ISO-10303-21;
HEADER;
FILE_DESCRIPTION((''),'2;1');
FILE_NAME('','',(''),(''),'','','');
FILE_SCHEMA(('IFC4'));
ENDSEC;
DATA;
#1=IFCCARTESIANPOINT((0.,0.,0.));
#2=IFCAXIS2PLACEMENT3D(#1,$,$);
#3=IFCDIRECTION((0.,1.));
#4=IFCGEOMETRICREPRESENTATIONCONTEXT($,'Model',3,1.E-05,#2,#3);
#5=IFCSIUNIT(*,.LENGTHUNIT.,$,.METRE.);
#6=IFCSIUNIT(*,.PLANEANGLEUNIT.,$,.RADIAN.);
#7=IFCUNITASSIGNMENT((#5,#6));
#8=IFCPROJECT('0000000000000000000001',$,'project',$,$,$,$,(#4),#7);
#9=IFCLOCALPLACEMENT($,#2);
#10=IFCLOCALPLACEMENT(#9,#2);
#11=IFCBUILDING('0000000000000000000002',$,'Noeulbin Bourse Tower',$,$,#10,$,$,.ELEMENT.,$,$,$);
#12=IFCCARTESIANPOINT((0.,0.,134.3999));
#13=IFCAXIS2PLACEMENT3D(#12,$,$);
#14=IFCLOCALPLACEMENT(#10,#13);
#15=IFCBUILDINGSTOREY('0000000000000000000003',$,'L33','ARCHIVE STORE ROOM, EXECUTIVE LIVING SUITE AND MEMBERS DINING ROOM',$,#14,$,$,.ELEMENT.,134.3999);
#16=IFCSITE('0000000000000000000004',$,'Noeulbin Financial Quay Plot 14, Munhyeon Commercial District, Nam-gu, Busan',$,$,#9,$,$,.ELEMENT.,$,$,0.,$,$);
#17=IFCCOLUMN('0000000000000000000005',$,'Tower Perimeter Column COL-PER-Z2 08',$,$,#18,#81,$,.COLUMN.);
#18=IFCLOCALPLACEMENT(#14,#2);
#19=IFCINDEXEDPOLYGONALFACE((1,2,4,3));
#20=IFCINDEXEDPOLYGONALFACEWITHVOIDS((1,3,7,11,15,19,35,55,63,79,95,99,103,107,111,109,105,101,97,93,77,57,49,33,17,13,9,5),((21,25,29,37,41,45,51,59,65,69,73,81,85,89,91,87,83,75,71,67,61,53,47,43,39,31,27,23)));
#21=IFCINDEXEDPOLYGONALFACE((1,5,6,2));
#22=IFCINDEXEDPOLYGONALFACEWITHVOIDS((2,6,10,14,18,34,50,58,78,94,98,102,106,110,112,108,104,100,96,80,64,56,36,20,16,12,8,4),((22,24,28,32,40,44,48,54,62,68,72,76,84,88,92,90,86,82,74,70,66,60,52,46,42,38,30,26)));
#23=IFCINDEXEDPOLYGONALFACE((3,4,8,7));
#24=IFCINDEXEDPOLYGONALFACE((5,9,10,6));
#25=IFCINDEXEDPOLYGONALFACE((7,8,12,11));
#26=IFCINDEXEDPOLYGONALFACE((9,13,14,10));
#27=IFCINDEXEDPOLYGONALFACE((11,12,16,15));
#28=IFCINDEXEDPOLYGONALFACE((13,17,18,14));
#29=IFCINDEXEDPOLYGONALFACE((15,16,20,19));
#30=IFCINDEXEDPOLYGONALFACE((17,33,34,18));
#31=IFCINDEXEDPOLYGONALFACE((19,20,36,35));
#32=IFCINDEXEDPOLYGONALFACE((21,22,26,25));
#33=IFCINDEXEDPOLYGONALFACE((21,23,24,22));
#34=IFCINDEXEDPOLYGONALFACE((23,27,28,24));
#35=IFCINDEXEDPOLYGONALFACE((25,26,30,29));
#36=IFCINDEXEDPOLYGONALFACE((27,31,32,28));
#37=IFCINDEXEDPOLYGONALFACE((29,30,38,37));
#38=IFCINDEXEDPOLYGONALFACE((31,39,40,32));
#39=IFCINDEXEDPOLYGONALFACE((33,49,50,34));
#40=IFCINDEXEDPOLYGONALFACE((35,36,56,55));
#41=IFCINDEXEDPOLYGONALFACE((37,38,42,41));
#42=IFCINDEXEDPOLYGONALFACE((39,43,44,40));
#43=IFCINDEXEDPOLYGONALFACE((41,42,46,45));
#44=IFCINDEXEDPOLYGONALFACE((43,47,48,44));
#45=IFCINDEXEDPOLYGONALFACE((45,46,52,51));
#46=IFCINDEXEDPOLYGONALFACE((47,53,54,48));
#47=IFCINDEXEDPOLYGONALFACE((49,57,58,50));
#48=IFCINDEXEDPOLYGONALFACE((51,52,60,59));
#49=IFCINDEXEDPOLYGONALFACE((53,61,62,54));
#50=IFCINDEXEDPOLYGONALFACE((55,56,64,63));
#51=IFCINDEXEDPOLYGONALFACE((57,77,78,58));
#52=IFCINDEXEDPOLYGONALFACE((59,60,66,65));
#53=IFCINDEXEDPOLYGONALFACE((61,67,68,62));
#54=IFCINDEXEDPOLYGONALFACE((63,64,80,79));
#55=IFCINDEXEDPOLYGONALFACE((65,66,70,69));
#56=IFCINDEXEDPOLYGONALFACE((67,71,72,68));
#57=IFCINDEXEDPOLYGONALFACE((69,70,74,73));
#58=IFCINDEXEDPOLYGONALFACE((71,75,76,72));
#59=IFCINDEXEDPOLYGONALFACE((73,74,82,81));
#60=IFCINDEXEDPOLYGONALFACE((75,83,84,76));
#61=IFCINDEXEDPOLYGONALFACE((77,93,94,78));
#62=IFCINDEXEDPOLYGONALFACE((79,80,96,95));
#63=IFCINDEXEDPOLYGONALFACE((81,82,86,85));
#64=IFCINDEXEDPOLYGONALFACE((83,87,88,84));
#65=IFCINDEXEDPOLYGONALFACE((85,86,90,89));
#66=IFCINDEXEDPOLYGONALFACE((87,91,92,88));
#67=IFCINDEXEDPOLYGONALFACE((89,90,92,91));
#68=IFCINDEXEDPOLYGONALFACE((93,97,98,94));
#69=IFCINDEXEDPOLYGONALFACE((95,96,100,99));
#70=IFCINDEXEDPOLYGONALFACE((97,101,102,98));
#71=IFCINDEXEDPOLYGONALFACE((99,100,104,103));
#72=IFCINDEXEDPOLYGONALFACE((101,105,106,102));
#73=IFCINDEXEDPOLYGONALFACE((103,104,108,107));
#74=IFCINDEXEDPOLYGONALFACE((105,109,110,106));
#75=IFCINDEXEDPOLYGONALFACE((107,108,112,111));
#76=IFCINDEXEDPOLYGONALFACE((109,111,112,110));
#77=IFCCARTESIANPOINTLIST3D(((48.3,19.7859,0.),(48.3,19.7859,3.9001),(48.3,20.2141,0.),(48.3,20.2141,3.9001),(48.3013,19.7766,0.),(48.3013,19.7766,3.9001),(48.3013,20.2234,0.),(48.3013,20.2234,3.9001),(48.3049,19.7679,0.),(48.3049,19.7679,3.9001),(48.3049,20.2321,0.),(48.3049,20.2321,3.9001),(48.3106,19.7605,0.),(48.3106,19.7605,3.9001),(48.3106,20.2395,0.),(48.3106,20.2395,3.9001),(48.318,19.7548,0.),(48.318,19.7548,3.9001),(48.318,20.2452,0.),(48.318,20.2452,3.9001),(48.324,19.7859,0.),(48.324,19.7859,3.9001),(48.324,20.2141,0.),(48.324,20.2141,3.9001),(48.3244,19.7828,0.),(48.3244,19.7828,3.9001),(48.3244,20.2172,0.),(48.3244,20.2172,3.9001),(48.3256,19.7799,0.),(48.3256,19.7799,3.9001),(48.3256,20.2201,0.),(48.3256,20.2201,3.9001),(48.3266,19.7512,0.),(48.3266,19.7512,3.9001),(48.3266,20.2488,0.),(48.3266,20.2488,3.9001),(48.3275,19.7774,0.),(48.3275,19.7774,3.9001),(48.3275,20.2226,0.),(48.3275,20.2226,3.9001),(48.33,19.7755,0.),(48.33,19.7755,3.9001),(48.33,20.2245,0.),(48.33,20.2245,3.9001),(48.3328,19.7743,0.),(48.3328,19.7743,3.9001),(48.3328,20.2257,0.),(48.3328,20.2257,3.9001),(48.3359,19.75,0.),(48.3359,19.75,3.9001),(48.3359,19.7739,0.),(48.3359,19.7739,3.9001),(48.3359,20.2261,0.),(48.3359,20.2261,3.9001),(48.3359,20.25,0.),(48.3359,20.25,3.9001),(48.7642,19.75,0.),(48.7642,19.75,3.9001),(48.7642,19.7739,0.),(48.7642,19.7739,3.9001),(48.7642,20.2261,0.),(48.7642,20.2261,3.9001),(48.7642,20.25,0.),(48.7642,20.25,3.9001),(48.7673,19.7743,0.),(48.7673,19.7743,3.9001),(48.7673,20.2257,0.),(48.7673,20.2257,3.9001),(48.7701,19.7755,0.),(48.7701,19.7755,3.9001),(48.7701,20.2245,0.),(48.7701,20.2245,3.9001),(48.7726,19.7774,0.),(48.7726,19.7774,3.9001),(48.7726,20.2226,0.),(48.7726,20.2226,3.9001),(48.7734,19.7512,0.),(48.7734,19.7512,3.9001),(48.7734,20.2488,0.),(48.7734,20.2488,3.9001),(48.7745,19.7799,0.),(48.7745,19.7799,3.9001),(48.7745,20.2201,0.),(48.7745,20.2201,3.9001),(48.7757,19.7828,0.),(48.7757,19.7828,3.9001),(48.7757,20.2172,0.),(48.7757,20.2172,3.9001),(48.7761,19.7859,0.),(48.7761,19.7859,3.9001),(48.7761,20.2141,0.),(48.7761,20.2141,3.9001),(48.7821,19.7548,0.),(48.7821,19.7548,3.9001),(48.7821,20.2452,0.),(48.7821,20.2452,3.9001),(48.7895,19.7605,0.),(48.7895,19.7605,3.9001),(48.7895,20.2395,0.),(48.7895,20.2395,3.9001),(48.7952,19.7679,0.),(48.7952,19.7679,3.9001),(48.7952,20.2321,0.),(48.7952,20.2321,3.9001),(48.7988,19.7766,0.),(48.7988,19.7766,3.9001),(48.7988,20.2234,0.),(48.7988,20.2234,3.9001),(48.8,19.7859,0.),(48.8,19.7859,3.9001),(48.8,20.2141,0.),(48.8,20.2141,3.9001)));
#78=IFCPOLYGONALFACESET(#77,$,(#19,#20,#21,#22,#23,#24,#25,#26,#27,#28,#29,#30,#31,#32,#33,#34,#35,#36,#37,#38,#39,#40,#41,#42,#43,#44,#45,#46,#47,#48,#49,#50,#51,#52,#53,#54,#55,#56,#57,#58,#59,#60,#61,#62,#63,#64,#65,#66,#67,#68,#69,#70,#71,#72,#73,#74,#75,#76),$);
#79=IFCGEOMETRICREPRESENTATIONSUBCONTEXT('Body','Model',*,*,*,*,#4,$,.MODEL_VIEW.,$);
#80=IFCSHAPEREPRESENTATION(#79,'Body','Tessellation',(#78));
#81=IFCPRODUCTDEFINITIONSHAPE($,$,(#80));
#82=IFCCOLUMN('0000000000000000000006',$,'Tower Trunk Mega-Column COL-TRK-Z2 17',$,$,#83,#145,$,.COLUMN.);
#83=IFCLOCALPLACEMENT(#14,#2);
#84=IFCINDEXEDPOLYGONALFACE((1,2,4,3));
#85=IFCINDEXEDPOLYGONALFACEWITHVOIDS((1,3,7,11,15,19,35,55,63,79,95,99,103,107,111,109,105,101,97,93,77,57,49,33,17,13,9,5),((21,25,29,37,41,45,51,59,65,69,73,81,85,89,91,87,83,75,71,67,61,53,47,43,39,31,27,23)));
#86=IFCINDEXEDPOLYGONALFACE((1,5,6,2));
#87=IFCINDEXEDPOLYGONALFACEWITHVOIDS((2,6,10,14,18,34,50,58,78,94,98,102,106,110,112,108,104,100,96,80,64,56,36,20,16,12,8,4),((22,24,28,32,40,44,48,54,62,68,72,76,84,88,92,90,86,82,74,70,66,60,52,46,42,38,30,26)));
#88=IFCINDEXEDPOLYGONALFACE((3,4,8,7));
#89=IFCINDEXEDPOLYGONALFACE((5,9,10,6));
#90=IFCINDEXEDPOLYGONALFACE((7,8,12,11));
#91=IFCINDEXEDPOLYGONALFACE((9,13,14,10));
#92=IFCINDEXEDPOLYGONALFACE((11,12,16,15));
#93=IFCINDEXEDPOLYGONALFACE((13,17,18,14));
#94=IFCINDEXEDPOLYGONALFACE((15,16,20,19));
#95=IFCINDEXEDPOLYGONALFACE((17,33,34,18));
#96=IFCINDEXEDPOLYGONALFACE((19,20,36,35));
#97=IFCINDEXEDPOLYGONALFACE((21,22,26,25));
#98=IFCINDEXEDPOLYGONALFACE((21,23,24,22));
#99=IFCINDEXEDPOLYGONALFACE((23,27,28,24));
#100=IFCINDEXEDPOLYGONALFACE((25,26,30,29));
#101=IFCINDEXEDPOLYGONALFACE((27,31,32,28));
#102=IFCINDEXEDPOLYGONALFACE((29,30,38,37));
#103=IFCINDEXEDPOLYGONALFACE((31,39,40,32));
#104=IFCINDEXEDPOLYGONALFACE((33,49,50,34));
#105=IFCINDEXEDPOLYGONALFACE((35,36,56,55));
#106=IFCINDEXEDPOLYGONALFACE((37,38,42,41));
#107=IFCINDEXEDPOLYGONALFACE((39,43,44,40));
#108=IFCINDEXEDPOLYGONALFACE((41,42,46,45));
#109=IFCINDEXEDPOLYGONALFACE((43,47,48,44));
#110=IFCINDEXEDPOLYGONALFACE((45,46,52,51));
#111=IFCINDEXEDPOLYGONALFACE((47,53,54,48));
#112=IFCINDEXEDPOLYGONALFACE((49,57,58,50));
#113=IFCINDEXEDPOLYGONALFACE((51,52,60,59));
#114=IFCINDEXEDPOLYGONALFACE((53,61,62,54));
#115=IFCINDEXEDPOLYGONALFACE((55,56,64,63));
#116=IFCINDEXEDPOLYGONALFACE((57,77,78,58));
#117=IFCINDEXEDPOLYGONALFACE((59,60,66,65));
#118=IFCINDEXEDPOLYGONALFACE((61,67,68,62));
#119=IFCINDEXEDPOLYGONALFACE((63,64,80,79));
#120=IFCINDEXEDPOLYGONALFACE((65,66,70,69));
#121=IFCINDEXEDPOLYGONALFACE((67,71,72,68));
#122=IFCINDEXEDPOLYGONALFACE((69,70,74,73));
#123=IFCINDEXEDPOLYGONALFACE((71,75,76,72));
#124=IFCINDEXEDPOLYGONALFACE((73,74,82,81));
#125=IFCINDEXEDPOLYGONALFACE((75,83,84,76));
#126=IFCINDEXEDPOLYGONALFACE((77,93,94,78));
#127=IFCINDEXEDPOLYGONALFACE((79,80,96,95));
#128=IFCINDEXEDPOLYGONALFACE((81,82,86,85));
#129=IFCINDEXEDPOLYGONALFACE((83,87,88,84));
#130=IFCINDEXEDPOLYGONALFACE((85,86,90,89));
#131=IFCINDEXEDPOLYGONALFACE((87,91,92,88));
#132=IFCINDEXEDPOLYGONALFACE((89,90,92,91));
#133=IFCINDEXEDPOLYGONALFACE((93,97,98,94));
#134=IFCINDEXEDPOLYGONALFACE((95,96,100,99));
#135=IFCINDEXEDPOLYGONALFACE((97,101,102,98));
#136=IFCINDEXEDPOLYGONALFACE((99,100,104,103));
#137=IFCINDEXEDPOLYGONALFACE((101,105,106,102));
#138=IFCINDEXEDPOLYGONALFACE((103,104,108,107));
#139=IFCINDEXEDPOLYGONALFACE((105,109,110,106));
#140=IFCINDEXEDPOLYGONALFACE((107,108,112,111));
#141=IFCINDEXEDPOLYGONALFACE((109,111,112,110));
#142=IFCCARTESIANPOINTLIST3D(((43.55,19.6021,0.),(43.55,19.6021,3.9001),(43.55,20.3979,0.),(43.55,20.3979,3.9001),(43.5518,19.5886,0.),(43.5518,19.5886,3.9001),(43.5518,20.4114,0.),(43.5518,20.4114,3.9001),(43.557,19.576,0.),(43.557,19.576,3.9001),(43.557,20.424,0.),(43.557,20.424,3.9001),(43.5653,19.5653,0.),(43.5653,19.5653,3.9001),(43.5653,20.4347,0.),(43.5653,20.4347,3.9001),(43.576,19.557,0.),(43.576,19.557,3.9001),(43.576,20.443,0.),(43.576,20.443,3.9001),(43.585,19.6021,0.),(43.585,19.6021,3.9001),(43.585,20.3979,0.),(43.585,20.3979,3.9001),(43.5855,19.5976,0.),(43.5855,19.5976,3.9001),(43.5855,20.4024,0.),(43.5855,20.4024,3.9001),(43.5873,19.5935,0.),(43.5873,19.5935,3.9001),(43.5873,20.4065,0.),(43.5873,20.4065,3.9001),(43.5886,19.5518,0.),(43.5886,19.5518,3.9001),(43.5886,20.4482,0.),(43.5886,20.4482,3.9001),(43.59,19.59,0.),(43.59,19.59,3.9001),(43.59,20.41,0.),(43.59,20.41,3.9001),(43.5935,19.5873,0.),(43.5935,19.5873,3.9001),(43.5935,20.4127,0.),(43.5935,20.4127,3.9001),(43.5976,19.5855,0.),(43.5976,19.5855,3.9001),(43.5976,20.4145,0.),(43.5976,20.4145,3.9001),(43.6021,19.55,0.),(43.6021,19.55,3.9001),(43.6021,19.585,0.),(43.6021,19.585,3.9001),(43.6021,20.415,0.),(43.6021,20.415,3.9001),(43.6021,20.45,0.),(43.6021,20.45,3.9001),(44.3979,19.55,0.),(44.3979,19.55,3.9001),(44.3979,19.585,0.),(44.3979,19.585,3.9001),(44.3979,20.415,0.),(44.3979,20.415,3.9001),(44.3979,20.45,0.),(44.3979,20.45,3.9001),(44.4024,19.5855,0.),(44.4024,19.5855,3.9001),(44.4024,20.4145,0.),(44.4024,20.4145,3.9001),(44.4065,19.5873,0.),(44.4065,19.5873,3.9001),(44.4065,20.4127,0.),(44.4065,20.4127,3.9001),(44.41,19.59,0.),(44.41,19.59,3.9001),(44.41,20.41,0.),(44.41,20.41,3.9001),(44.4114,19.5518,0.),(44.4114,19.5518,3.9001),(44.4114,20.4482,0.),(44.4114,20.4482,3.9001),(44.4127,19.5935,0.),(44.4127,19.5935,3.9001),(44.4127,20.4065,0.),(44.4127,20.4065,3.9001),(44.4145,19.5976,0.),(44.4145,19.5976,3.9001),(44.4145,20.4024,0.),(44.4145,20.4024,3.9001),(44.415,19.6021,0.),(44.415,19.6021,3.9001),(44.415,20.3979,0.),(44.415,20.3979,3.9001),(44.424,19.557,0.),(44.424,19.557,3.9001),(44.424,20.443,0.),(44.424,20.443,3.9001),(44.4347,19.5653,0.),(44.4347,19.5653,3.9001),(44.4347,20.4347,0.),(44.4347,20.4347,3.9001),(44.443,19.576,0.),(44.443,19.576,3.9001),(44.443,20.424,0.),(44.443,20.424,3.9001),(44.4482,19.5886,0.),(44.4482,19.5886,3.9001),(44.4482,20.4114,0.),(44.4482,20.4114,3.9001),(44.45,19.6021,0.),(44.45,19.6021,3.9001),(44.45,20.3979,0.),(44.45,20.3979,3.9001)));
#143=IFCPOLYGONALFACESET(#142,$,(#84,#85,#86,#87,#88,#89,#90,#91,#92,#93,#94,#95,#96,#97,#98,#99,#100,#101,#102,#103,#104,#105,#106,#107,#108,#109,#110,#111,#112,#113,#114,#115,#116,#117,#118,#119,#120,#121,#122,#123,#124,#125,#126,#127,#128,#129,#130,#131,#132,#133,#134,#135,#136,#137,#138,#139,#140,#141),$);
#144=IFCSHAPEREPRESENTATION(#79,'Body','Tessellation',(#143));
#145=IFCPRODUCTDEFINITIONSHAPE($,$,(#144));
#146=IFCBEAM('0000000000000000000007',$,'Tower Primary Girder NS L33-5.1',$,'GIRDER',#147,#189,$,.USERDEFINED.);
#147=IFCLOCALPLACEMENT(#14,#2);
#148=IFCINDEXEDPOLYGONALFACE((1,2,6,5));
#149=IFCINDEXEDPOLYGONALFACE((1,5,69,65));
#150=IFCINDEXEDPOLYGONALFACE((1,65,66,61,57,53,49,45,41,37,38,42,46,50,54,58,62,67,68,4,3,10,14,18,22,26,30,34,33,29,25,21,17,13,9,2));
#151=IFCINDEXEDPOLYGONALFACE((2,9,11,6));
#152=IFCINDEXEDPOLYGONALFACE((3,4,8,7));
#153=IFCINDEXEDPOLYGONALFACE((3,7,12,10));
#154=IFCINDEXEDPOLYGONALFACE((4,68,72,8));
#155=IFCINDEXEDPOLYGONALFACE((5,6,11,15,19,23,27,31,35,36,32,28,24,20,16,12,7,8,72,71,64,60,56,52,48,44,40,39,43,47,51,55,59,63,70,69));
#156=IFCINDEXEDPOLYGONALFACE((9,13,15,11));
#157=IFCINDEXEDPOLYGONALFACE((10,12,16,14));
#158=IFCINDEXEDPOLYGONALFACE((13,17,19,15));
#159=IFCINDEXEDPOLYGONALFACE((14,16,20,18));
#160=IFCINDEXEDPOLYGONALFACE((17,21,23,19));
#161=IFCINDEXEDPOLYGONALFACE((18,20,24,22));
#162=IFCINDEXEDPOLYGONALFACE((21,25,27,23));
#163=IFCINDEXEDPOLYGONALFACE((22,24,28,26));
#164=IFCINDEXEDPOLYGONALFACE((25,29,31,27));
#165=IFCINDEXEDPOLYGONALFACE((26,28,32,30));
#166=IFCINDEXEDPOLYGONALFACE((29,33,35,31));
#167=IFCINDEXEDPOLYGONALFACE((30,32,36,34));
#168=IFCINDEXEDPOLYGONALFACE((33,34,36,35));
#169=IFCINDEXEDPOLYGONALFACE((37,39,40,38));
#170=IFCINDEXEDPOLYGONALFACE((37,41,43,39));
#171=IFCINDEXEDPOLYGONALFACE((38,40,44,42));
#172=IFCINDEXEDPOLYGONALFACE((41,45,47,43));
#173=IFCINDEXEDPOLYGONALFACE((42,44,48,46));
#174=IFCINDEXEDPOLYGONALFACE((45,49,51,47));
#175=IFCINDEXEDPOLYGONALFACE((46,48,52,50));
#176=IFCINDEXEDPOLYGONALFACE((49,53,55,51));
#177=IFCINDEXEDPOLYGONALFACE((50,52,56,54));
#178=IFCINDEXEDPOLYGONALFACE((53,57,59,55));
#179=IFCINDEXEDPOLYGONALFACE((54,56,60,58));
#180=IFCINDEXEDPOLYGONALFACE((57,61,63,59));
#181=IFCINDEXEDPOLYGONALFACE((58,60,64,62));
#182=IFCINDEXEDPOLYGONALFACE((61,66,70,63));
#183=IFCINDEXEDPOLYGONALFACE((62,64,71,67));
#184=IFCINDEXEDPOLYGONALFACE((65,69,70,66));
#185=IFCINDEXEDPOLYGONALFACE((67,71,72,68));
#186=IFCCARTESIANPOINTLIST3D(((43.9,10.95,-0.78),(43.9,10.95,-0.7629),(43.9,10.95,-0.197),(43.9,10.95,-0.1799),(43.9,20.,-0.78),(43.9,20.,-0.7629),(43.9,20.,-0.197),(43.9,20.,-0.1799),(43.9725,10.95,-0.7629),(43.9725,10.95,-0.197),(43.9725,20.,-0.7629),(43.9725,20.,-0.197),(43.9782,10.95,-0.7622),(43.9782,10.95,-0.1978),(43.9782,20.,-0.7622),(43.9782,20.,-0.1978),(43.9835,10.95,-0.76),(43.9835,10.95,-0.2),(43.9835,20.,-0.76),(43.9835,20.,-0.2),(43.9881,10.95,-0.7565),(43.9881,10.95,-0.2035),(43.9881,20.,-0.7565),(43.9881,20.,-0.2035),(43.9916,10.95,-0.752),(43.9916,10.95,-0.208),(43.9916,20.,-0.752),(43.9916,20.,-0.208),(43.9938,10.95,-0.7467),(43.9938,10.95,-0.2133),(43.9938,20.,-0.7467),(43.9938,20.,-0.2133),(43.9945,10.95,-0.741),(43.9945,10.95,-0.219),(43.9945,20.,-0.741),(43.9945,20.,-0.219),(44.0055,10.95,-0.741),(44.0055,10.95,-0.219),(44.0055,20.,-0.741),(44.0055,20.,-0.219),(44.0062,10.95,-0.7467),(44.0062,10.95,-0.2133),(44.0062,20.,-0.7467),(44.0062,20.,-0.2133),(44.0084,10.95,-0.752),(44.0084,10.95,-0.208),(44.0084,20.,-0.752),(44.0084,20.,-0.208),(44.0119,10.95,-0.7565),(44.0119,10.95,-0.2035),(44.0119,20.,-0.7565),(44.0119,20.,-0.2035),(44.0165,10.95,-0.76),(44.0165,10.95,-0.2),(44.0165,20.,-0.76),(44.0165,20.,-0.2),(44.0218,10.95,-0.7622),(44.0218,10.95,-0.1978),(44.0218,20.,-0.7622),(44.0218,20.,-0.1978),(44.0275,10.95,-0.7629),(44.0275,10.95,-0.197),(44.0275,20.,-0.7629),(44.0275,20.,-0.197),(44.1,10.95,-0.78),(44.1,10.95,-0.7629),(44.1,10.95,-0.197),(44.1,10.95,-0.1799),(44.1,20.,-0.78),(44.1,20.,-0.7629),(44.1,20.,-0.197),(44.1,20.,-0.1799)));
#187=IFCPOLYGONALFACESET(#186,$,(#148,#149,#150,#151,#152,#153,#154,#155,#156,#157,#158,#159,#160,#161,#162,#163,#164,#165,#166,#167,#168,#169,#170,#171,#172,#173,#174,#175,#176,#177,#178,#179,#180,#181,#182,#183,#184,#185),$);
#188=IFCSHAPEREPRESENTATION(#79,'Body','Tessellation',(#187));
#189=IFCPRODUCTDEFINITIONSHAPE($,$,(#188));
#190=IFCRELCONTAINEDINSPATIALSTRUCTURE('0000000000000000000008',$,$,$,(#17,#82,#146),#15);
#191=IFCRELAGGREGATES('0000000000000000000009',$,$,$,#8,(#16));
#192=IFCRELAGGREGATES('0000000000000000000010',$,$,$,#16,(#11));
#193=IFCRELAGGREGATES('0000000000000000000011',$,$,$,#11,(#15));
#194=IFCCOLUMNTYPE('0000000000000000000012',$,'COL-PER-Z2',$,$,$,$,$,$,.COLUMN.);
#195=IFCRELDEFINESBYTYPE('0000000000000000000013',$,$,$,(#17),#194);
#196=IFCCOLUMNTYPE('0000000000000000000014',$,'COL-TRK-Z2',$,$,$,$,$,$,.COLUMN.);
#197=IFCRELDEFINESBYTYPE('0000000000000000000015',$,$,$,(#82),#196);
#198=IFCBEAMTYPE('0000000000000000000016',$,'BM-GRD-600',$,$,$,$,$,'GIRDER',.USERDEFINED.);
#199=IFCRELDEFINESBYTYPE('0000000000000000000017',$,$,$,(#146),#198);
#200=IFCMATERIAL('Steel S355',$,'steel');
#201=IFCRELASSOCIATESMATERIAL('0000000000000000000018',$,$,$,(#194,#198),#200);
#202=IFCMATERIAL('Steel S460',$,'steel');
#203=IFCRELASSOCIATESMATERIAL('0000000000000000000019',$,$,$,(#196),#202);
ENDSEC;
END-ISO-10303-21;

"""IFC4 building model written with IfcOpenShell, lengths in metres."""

from ifc_helpers import new_model, si_unit, direction, frame, origin, origin_2d, place, context, subcontext, project, spatial, hollow_rectangle, i_section, extrude, material, material_profile, profile_set, type_object, element, save


model = new_model("IFC4")

# Units and contexts
model_context = context("Model", 3, precision=1e-05, world=origin(), true_north=direction((0.0, 1.0)))
body_context = subcontext(model_context, "Body", "Model", "MODEL_VIEW")
ifc_project = project(units=[si_unit("LENGTHUNIT", "METRE"), si_unit("PLANEANGLEUNIT", "RADIAN")], contexts=[model_context])

# Site, building, storey
site_placement = place(None, origin())
site = spatial("IfcSite", under=ifc_project, at=site_placement, Name="Noeulbin Financial Quay Plot 14, Munhyeon Commercial District, Nam-gu, Busan", CompositionType="ELEMENT", RefElevation=0.0)
building_placement = place(site_placement, origin())
building = spatial("IfcBuilding", under=site, at=building_placement, Name="Noeulbin Bourse Tower", CompositionType="ELEMENT")
storey_placement = place(building_placement, frame((0.0, 0.0, 134.3999)))
storey = spatial("IfcBuildingStorey", under=building, at=storey_placement, Name="L33", Description="ARCHIVE STORE ROOM, EXECUTIVE LIVING SUITE AND MEMBERS DINING ROOM", CompositionType="ELEMENT", Elevation=134.3999)

# Columns
ifc_material_1 = material(Name="Steel S355", Category="steel")
ifc_material_profile_1 = material_profile(ifc_material_1, hollow_rectangle(XDim=0.5, YDim=0.5, WallThickness=0.0239, InnerFilletRadius=0.012, OuterFilletRadius=0.0359, at=origin_2d()), Name="BOX-500x500x24", Category="LoadBearing")
ifc_profile_set_1 = profile_set([ifc_material_profile_1], Name="Steel S355")
column_type_1 = type_object("IfcColumnType", Name="COL-PER-Z2", PredefinedType="COLUMN", material=ifc_profile_set_1)
column_1_placement = place(storey_placement, frame((48.55, 20.0, 0.0), z_axis=(0.0, 0.0, 1.0), x_axis=(1.0, 0.0, 0.0)))
element("IfcColumn", 1, at=column_1_placement, inside=storey, type_object=column_type_1, Name="Tower Perimeter Column COL-PER-Z2 08", PredefinedType="COLUMN", context=body_context, shape_type="SweptSolid", body=[
    extrude(hollow_rectangle(XDim=0.5, YDim=0.5, WallThickness=0.0239, InnerFilletRadius=0.012, OuterFilletRadius=0.0359, at=origin_2d()), origin(), (0.0, 0.0, 1.0), 3.9001),
])
ifc_material_2 = material(Name="Steel S460", Category="steel")
ifc_material_profile_2 = material_profile(ifc_material_2, hollow_rectangle(XDim=0.8999, YDim=0.8999, WallThickness=0.0349, InnerFilletRadius=0.0171, OuterFilletRadius=0.052, at=origin_2d()), Name="BOX-900x900x35", Category="LoadBearing")
ifc_profile_set_2 = profile_set([ifc_material_profile_2], Name="Steel S460")
column_type_2 = type_object("IfcColumnType", Name="COL-TRK-Z2", PredefinedType="COLUMN", material=ifc_profile_set_2)
column_2_placement = place(storey_placement, frame((44.0, 20.0, 0.0), z_axis=(0.0, 0.0, 1.0), x_axis=(1.0, 0.0, 0.0)))
element("IfcColumn", 2, at=column_2_placement, inside=storey, type_object=column_type_2, Name="Tower Trunk Mega-Column COL-TRK-Z2 17", PredefinedType="COLUMN", context=body_context, shape_type="SweptSolid", body=[
    extrude(hollow_rectangle(XDim=0.8999, YDim=0.8999, WallThickness=0.0349, InnerFilletRadius=0.0171, OuterFilletRadius=0.052, at=origin_2d()), origin(), (0.0, 0.0, 1.0), 3.9001),
])

# Beam
ifc_material_profile_3 = material_profile(ifc_material_1, i_section(OverallWidth=0.2, OverallDepth=0.6001, WebThickness=0.011, FlangeThickness=0.0171, FilletRadius=0.022, at=origin_2d()), Name="H-600x200x11x17", Category="LoadBearing")
ifc_profile_set_3 = profile_set([ifc_material_profile_3], Name="Steel S355")
beam_type_1 = type_object("IfcBeamType", Name="BM-GRD-600", ElementType="GIRDER", PredefinedType="USERDEFINED", material=ifc_profile_set_3)
beam_1_placement = place(storey_placement, frame((44.0, 10.95, -0.48), z_axis=(0.0, 1.0, 0.0), x_axis=(-1.0, 0.0, 0.0)))
element("IfcBeam", 3, at=beam_1_placement, inside=storey, type_object=beam_type_1, Name="Tower Primary Girder NS L33-5.1", ObjectType="GIRDER", PredefinedType="USERDEFINED", context=body_context, shape_type="SweptSolid", body=[
    extrude(i_section(OverallWidth=0.2, OverallDepth=0.6001, WebThickness=0.011, FlangeThickness=0.0171, FilletRadius=0.022, at=origin_2d()), origin(), (0.0, 0.0, 1.0), 9.05),
])

save(model, "model.ifc")
